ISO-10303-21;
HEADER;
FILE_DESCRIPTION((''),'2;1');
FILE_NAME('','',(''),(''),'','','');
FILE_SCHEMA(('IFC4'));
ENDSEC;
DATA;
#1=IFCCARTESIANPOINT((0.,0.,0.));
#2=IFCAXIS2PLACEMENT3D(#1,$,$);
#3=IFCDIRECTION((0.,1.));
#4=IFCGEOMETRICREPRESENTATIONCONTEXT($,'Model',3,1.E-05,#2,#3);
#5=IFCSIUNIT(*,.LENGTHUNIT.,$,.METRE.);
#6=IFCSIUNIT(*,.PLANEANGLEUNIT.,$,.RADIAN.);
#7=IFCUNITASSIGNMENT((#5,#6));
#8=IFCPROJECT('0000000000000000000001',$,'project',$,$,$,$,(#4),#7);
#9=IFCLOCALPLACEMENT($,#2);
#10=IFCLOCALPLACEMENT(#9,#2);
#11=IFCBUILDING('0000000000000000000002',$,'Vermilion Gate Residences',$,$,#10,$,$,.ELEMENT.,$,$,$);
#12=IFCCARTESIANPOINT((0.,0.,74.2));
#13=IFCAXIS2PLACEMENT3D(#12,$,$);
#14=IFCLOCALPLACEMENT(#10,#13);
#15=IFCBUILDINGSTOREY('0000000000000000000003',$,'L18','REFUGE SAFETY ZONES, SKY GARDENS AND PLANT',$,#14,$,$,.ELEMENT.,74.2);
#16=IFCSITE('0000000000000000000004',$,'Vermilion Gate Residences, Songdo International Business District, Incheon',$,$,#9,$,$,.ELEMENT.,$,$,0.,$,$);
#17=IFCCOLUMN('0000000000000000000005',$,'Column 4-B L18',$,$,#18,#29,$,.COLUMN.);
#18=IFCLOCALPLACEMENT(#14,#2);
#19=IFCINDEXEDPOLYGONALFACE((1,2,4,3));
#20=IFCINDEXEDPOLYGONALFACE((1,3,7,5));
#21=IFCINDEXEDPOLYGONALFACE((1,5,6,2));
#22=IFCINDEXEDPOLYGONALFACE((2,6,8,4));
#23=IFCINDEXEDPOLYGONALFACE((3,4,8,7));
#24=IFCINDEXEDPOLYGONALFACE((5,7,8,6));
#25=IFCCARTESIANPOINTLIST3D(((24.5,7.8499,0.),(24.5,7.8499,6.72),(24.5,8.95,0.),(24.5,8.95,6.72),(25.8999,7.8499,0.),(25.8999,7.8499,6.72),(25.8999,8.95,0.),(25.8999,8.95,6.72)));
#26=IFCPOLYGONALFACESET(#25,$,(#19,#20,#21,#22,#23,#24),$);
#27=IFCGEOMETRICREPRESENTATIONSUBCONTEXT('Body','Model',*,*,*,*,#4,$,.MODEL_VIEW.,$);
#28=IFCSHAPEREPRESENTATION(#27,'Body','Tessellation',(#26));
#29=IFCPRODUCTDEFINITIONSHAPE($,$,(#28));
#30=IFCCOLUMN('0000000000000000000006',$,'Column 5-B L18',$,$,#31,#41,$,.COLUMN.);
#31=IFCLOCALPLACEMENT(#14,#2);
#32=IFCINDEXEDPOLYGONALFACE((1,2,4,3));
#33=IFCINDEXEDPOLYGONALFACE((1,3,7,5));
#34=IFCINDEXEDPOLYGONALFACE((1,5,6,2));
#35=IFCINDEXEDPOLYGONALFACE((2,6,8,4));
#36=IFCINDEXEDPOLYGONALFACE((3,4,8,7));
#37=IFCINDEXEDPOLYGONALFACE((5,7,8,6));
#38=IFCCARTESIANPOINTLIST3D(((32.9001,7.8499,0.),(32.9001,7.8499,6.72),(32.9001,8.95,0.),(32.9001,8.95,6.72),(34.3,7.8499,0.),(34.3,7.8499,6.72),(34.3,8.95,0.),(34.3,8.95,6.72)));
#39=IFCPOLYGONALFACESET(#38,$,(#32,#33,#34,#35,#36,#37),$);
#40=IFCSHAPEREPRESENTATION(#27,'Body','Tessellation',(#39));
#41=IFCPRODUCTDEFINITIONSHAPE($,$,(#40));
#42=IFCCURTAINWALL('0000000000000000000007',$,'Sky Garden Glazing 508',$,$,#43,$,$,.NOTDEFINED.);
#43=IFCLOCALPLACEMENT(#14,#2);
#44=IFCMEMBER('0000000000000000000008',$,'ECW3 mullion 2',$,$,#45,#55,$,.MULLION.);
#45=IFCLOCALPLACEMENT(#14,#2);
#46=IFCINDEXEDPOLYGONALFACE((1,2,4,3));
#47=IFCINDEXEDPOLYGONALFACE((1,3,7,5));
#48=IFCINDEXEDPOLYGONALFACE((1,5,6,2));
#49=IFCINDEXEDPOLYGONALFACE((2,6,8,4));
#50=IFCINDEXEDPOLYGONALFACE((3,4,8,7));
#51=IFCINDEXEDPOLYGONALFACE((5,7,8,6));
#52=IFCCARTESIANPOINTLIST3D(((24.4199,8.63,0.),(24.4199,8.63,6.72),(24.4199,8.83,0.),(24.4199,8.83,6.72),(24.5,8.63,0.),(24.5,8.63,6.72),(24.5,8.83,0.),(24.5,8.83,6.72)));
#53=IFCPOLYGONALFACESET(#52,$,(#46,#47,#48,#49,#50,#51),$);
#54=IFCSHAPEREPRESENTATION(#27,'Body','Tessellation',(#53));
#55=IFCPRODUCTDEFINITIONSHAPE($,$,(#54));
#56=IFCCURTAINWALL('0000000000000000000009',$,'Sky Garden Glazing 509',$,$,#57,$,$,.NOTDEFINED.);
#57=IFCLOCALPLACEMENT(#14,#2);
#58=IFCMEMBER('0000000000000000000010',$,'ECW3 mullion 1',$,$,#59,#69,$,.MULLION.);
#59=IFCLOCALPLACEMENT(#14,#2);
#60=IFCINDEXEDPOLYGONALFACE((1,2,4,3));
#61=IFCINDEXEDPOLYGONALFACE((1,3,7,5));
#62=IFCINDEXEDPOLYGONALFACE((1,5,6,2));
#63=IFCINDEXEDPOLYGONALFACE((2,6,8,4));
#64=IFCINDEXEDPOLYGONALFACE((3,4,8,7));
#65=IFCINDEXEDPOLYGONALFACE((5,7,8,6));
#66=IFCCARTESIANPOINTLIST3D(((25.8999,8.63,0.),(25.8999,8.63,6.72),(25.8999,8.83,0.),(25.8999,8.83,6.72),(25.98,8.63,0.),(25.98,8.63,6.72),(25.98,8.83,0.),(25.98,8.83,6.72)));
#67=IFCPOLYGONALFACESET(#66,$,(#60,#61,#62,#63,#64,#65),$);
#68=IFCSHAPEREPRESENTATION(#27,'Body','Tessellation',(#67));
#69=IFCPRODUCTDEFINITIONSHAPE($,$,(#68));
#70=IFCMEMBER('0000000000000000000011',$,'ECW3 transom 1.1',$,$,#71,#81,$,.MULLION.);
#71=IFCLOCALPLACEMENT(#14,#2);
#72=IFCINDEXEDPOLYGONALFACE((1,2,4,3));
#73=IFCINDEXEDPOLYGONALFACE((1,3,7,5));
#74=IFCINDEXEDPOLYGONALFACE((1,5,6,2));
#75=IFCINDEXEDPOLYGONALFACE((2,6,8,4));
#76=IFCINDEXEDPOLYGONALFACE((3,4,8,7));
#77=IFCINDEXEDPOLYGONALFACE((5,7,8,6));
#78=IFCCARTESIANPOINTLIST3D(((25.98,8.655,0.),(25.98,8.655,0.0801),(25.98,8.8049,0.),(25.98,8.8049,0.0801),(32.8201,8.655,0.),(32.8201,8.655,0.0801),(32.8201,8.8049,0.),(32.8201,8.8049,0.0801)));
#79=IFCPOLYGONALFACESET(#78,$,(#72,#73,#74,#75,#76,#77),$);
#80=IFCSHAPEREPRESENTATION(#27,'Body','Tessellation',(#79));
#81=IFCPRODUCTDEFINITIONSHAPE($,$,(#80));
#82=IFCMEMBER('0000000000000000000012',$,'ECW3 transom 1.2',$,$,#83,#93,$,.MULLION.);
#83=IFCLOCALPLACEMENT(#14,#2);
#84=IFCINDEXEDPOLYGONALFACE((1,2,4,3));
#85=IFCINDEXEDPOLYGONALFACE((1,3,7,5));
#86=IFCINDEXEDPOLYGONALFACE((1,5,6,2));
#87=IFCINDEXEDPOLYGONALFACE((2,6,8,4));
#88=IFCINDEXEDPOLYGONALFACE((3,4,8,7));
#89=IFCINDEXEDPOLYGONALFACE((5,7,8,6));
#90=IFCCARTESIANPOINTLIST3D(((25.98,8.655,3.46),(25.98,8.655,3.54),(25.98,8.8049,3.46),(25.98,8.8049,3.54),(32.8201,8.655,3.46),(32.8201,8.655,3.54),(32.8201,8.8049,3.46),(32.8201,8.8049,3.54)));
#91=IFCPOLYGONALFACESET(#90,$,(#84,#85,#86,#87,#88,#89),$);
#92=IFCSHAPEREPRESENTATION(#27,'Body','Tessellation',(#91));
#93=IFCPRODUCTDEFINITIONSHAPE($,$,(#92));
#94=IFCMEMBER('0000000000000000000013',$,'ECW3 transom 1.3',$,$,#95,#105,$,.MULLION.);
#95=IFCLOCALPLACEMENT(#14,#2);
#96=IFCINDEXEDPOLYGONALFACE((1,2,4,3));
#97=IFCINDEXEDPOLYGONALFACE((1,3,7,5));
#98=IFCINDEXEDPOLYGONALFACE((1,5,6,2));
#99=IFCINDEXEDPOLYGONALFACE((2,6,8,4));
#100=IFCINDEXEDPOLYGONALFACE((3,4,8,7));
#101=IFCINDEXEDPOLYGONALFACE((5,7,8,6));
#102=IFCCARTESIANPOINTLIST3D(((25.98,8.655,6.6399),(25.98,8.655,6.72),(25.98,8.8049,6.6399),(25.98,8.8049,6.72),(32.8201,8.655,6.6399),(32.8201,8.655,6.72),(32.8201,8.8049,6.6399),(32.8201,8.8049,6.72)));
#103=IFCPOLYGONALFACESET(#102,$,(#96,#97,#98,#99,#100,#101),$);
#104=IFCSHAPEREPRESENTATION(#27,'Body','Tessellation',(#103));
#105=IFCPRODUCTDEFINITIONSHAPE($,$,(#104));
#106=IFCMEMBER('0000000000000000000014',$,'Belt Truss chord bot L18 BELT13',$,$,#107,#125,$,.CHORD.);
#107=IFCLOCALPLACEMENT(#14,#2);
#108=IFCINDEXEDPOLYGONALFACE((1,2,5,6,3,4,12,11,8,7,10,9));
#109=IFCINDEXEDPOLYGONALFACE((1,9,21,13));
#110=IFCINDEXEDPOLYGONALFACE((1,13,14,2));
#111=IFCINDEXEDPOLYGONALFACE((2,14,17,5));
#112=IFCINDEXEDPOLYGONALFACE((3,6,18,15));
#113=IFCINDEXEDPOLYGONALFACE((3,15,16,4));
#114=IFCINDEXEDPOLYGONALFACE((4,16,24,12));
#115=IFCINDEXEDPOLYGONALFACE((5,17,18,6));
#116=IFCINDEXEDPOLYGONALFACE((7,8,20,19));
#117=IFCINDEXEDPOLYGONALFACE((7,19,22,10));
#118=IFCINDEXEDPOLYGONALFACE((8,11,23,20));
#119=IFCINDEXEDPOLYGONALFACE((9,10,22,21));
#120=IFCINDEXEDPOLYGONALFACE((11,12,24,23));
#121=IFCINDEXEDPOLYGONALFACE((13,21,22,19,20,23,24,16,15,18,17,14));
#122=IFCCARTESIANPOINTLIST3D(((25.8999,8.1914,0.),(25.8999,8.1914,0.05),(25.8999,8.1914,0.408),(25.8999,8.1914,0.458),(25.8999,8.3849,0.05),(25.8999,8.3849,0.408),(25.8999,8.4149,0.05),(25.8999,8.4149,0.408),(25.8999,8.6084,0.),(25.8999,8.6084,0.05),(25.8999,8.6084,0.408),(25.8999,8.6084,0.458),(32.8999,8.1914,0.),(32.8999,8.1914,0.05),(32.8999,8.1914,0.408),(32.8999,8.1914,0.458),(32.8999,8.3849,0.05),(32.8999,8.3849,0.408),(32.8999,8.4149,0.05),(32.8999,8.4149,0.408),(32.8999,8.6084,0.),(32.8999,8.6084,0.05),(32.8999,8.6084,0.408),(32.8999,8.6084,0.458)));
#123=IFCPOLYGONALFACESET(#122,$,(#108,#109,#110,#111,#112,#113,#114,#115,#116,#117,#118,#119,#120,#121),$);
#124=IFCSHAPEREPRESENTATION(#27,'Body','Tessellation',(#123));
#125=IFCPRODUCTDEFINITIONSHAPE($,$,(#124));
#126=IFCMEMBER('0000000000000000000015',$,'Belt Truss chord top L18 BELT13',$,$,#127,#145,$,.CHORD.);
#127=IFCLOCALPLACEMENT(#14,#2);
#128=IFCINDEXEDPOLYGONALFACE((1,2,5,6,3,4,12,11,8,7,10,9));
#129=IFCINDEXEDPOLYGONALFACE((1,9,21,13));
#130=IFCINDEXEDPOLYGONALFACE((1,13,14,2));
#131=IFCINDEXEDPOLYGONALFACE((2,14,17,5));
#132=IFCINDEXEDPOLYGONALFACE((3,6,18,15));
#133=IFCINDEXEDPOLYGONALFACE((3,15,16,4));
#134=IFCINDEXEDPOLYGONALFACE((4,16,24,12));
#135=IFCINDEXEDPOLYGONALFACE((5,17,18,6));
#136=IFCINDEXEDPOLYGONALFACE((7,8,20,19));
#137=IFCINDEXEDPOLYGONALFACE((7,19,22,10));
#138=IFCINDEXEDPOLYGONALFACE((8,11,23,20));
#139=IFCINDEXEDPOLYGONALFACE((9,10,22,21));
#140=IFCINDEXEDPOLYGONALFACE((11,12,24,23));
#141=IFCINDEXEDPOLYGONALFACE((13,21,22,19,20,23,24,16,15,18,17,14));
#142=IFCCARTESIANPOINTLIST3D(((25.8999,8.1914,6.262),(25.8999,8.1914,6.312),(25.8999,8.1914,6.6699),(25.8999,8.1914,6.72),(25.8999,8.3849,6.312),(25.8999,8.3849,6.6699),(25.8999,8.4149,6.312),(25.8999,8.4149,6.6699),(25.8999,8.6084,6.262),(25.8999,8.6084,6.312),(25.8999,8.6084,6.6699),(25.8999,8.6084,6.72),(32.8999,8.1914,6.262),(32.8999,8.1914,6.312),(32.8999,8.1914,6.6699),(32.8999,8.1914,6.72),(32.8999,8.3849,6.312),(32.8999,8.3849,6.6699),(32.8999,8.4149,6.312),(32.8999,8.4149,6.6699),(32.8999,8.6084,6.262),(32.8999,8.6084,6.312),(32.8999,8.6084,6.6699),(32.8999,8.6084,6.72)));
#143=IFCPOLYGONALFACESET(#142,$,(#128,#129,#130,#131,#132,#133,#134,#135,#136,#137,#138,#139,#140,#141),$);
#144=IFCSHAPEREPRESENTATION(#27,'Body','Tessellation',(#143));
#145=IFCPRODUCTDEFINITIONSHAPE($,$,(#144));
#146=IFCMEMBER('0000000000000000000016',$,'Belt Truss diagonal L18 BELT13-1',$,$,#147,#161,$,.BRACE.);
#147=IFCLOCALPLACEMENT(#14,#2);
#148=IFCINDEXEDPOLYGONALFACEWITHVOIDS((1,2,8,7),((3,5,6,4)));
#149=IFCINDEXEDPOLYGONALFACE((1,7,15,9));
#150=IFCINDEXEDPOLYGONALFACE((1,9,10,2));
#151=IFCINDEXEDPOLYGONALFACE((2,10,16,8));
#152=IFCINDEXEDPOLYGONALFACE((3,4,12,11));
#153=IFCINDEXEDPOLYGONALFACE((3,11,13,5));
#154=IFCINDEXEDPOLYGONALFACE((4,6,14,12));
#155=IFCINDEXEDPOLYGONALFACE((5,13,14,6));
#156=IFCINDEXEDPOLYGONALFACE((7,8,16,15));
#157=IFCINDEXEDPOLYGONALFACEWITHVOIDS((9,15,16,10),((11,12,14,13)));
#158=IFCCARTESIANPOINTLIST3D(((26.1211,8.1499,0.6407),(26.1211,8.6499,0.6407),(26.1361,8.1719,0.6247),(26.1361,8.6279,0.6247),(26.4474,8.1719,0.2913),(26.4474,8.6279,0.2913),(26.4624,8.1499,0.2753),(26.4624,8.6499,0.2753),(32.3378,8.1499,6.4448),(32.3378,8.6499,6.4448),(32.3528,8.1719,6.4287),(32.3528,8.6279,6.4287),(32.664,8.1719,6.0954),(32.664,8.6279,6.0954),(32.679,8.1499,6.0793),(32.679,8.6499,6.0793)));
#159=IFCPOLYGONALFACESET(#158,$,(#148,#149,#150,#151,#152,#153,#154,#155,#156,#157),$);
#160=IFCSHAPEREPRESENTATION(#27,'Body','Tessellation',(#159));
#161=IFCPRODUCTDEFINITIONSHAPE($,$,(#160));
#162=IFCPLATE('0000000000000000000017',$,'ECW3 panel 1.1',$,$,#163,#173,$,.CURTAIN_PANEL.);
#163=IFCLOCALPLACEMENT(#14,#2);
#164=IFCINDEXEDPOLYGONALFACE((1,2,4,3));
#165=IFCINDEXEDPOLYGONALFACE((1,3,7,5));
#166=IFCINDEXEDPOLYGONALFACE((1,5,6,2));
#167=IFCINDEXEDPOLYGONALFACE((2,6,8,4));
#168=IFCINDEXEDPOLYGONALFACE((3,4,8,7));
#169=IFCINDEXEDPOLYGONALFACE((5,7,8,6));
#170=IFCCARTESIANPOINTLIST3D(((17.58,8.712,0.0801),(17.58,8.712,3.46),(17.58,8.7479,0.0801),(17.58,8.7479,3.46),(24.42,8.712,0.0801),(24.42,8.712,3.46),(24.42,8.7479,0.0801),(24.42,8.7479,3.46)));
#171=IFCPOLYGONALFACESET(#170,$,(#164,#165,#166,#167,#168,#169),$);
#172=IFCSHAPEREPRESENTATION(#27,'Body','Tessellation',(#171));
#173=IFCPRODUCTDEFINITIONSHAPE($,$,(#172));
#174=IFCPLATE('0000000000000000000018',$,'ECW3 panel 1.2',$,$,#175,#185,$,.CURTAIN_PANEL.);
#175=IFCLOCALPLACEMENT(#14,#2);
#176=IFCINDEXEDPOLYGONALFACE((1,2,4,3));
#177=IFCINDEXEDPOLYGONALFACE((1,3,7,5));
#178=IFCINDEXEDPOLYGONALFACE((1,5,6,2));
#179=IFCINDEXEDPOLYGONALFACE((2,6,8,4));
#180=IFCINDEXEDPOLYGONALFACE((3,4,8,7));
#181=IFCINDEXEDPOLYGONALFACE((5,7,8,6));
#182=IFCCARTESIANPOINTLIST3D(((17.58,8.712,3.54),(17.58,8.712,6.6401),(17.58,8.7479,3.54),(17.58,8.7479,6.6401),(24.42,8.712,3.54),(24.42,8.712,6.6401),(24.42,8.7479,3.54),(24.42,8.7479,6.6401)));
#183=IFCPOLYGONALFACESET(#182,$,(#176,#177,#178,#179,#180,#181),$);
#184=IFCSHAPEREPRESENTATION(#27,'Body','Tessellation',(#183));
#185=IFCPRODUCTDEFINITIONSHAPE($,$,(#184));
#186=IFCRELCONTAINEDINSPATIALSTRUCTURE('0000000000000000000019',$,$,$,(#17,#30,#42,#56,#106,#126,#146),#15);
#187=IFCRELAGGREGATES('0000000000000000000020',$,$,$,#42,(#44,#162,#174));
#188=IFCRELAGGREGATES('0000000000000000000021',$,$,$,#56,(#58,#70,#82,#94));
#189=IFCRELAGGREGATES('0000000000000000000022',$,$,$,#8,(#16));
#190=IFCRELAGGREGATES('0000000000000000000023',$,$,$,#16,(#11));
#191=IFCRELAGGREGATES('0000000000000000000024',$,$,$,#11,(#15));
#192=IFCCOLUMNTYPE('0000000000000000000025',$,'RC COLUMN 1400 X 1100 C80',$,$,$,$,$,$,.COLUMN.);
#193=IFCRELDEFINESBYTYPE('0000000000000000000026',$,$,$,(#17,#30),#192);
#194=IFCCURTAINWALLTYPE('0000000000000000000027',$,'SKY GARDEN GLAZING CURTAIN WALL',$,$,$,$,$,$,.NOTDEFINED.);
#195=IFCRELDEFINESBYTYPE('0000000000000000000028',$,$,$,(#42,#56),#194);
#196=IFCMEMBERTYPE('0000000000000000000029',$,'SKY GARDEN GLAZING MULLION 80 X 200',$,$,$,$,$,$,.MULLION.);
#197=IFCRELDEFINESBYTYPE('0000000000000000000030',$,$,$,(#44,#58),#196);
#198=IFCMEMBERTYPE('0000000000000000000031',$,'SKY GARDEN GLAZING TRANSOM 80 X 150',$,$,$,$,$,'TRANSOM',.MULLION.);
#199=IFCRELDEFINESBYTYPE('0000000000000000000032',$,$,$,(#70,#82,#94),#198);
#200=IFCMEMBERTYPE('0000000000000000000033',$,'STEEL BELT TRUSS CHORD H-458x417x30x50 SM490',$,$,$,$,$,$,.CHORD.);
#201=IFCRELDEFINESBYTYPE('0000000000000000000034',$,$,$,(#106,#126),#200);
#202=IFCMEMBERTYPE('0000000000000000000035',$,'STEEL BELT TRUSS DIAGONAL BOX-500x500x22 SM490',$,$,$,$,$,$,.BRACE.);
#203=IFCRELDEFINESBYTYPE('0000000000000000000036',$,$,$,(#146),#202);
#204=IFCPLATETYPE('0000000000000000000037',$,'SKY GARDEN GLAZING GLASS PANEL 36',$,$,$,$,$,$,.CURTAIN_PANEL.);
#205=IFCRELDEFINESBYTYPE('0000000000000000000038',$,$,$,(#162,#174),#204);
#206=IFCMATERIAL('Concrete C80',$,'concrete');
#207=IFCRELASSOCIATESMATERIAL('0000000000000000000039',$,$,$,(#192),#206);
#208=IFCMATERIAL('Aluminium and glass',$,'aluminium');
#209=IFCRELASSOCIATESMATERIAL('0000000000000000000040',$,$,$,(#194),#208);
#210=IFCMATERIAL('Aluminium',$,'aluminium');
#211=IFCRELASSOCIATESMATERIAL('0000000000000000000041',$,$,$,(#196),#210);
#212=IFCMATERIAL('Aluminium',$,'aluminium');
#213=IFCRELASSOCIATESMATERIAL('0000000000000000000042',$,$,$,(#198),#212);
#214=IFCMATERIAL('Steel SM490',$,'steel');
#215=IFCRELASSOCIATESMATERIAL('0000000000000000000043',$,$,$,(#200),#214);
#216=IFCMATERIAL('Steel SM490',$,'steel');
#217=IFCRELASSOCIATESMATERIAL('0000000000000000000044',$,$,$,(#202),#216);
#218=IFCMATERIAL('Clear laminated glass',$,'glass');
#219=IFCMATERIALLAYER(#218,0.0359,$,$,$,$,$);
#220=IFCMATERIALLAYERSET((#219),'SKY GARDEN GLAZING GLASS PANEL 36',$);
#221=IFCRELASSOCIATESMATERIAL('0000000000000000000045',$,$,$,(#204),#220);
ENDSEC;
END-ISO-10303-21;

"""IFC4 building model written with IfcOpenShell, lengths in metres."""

from ifc_helpers import new_model, si_unit, direction, frame, origin, origin_2d, place, context, subcontext, project, spatial, rectangle, hollow_rectangle, i_section, extrude, material, layer, layer_set, material_profile, profile_set, type_object, element, aggregate, save


model = new_model("IFC4")

# Units and contexts
model_context = context("Model", 3, precision=1e-05, world=origin(), true_north=direction((0.0, 1.0)))
body_context = subcontext(model_context, "Body", "Model", "MODEL_VIEW")
ifc_project = project(units=[si_unit("LENGTHUNIT", "METRE"), si_unit("PLANEANGLEUNIT", "RADIAN")], contexts=[model_context])

# Site, building, storey
site_placement = place(None, origin())
site = spatial("IfcSite", under=ifc_project, at=site_placement, Name="Vermilion Gate Residences, Songdo International Business District, Incheon", CompositionType="ELEMENT", RefElevation=0.0)
building_placement = place(site_placement, origin())
building = spatial("IfcBuilding", under=site, at=building_placement, Name="Vermilion Gate Residences", CompositionType="ELEMENT")
storey_placement = place(building_placement, frame((0.0, 0.0, 74.2)))
storey = spatial("IfcBuildingStorey", under=building, at=storey_placement, Name="L18", Description="REFUGE SAFETY ZONES, SKY GARDENS AND PLANT", CompositionType="ELEMENT", Elevation=74.2)

# Columns
ifc_material_1 = material(Name="Concrete C80", Category="concrete")
ifc_material_profile_1 = material_profile(ifc_material_1, rectangle(XDim=1.3999, YDim=1.1001, at=origin_2d()), Name="RC-1400x1100")
ifc_profile_set_1 = profile_set([ifc_material_profile_1], Name="Concrete C80")
column_type = type_object("IfcColumnType", Name="RC COLUMN 1400 X 1100 C80", PredefinedType="COLUMN", material=ifc_profile_set_1)
for number, where, z_axis, x_axis, name in (
    (1, (25.2, 8.3999, 0.0), (0.0, 0.0, 1.0), (1.0, 0.0, 0.0), "Column 4-B L18"),
    (2, (33.6001, 8.3999, 0.0), (0.0, 0.0, 1.0), (1.0, 0.0, 0.0), "Column 5-B L18"),
):
    element("IfcColumn", number, at=place(storey_placement, frame(where, z_axis=z_axis, x_axis=x_axis)), inside=storey, type_object=column_type, Name=name, PredefinedType="COLUMN", context=body_context, shape_type="SweptSolid", body=[
        extrude(rectangle(XDim=1.3999, YDim=1.1001, at=origin_2d()), origin(), (0.0, 0.0, 1.0), 6.72),
    ])

# Curtain wall, member
ifc_material_2 = material(Name="Aluminium and glass", Category="aluminium")
curtain_wall_type = type_object("IfcCurtainWallType", Name="SKY GARDEN GLAZING CURTAIN WALL", PredefinedType="NOTDEFINED", material=ifc_material_2)
curtain_wall_1_placement = place(storey_placement, origin())
curtain_wall_1 = element("IfcCurtainWall", 3, at=curtain_wall_1_placement, inside=storey, type_object=curtain_wall_type, Name="Sky Garden Glazing 508", PredefinedType="NOTDEFINED")
ifc_material_3 = material(Name="Aluminium", Category="aluminium")
ifc_material_profile_2 = material_profile(ifc_material_3, rectangle(XDim=0.2, YDim=0.0801, at=origin_2d()), Name="MULLION 80 X 200")
ifc_profile_set_2 = profile_set([ifc_material_profile_2], Name="Aluminium")
member_type_1 = type_object("IfcMemberType", Name="SKY GARDEN GLAZING MULLION 80 X 200", PredefinedType="MULLION", material=ifc_profile_set_2)
member_1_placement = place(storey_placement, frame((24.46, 8.73, 0.0), z_axis=(0.0, 0.0, 1.0), x_axis=(0.0, 1.0, 0.0)))
member_1 = element("IfcMember", 4, at=member_1_placement, type_object=member_type_1, Name="ECW3 mullion 2", PredefinedType="MULLION", context=body_context, shape_type="SweptSolid", body=[
    extrude(rectangle(XDim=0.2, YDim=0.0801, at=origin_2d()), origin(), (0.0, 0.0, 1.0), 6.72),
])

# Curtain wall, members
curtain_wall_2_placement = place(storey_placement, origin())
curtain_wall_2 = element("IfcCurtainWall", 5, at=curtain_wall_2_placement, inside=storey, type_object=curtain_wall_type, Name="Sky Garden Glazing 509", PredefinedType="NOTDEFINED")
member_2_placement = place(storey_placement, frame((25.9399, 8.73, 0.0), z_axis=(0.0, 0.0, 1.0), x_axis=(0.0, 1.0, 0.0)))
member_2 = element("IfcMember", 6, at=member_2_placement, type_object=member_type_1, Name="ECW3 mullion 1", PredefinedType="MULLION", context=body_context, shape_type="SweptSolid", body=[
    extrude(rectangle(XDim=0.2, YDim=0.0801, at=origin_2d()), origin(), (0.0, 0.0, 1.0), 6.72),
])
ifc_material_4 = material(Name="Aluminium", Category="aluminium")
ifc_material_profile_3 = material_profile(ifc_material_4, rectangle(XDim=0.1499, YDim=0.0801, at=origin_2d()), Name="TRANSOM 80 X 150")
ifc_profile_set_3 = profile_set([ifc_material_profile_3], Name="Aluminium")
member_type_2 = type_object("IfcMemberType", Name="SKY GARDEN GLAZING TRANSOM 80 X 150", ElementType="TRANSOM", PredefinedType="MULLION", material=ifc_profile_set_3)
member_3_placement = place(storey_placement, frame((25.98, 8.73, 0.04), z_axis=(1.0, 0.0, 0.0), x_axis=(0.0, 1.0, 0.0)))
member_3 = element("IfcMember", 7, at=member_3_placement, type_object=member_type_2, Name="ECW3 transom 1.1", PredefinedType="MULLION", context=body_context, shape_type="SweptSolid", body=[
    extrude(rectangle(XDim=0.1499, YDim=0.0801, at=origin_2d()), origin(), (0.0, 0.0, 1.0), 6.8401),
])
member_4_placement = place(storey_placement, frame((25.98, 8.73, 3.5), z_axis=(1.0, 0.0, 0.0), x_axis=(0.0, 1.0, 0.0)))
member_4 = element("IfcMember", 8, at=member_4_placement, type_object=member_type_2, Name="ECW3 transom 1.2", PredefinedType="MULLION", context=body_context, shape_type="SweptSolid", body=[
    extrude(rectangle(XDim=0.1499, YDim=0.0801, at=origin_2d()), origin(), (0.0, 0.0, 1.0), 6.8401),
])
member_5_placement = place(storey_placement, frame((25.98, 8.73, 6.6799), z_axis=(1.0, 0.0, 0.0), x_axis=(0.0, 1.0, 0.0)))
member_5 = element("IfcMember", 9, at=member_5_placement, type_object=member_type_2, Name="ECW3 transom 1.3", PredefinedType="MULLION", context=body_context, shape_type="SweptSolid", body=[
    extrude(rectangle(XDim=0.1499, YDim=0.0801, at=origin_2d()), origin(), (0.0, 0.0, 1.0), 6.8401),
])

# Members
ifc_material_5 = material(Name="Steel SM490", Category="steel")
ifc_material_profile_4 = material_profile(ifc_material_5, i_section(OverallWidth=0.417, OverallDepth=0.458, WebThickness=0.03, FlangeThickness=0.05, at=origin_2d()), Name="H-458x417x30x50")
ifc_profile_set_4 = profile_set([ifc_material_profile_4], Name="Steel SM490")
member_type_3 = type_object("IfcMemberType", Name="STEEL BELT TRUSS CHORD H-458x417x30x50 SM490", PredefinedType="CHORD", material=ifc_profile_set_4)
for number, where, z_axis, x_axis, name in (
    (10, (25.8999, 8.3999, 0.229), (1.0, 0.0, 0.0), (0.0, 1.0, 0.0), "Belt Truss chord bot L18 BELT13"),
    (11, (25.8999, 8.3999, 6.491), (1.0, 0.0, 0.0), (0.0, 1.0, 0.0), "Belt Truss chord top L18 BELT13"),
):
    element("IfcMember", number, at=place(storey_placement, frame(where, z_axis=z_axis, x_axis=x_axis)), inside=storey, type_object=member_type_3, Name=name, PredefinedType="CHORD", context=body_context, shape_type="SweptSolid", body=[
        extrude(i_section(OverallWidth=0.417, OverallDepth=0.458, WebThickness=0.03, FlangeThickness=0.05, at=origin_2d()), origin(), (0.0, 0.0, 1.0), 7.0),
    ])
ifc_material_6 = material(Name="Steel SM490", Category="steel")
ifc_material_profile_5 = material_profile(ifc_material_6, hollow_rectangle(XDim=0.5, YDim=0.5, WallThickness=0.022, at=origin_2d()), Name="BOX-500x500x22")
ifc_profile_set_5 = profile_set([ifc_material_profile_5], Name="Steel SM490")
member_type_4 = type_object("IfcMemberType", Name="STEEL BELT TRUSS DIAGONAL BOX-500x500x22 SM490", PredefinedType="BRACE", material=ifc_profile_set_5)
member_6_placement = place(storey_placement, frame((26.2917, 8.3999, 0.458), z_axis=(0.730947, 0.0, 0.682434), x_axis=(0.0, 1.0, 0.0)))
element("IfcMember", 12, at=member_6_placement, inside=storey, type_object=member_type_4, Name="Belt Truss diagonal L18 BELT13-1", PredefinedType="BRACE", context=body_context, shape_type="SweptSolid", body=[
    extrude(hollow_rectangle(XDim=0.5, YDim=0.5, WallThickness=0.022, at=origin_2d()), origin(), (0.0, 0.0, 1.0), 8.5049),
])

# Plates
ifc_material_7 = material(Name="Clear laminated glass", Category="glass")
ifc_layer = layer(ifc_material_7, 0.0359)
ifc_layer_set = layer_set([ifc_layer], Name="SKY GARDEN GLAZING GLASS PANEL 36")
plate_type = type_object("IfcPlateType", Name="SKY GARDEN GLAZING GLASS PANEL 36", PredefinedType="CURTAIN_PANEL", material=ifc_layer_set)
plate_1_placement = place(storey_placement, frame((21.0, 8.73, 0.0801), z_axis=(0.0, 0.0, 1.0), x_axis=(1.0, 0.0, 0.0)))
plate_1 = element("IfcPlate", 13, at=plate_1_placement, type_object=plate_type, Name="ECW3 panel 1.1", PredefinedType="CURTAIN_PANEL", context=body_context, shape_type="SweptSolid", body=[
    extrude(rectangle(XDim=6.8401, YDim=0.0359, at=origin_2d()), origin(), (0.0, 0.0, 1.0), 3.3799),
])
plate_2_placement = place(storey_placement, frame((21.0, 8.73, 3.54), z_axis=(0.0, 0.0, 1.0), x_axis=(1.0, 0.0, 0.0)))
plate_2 = element("IfcPlate", 14, at=plate_2_placement, type_object=plate_type, Name="ECW3 panel 1.2", PredefinedType="CURTAIN_PANEL", context=body_context, shape_type="SweptSolid", body=[
    extrude(rectangle(XDim=6.8401, YDim=0.0359, at=origin_2d()), origin(), (0.0, 0.0, 1.0), 3.1001),
])
aggregate(curtain_wall_1, [member_1, plate_1, plate_2])
aggregate(curtain_wall_2, [member_2, member_3, member_4, member_5])

save(model, "model.ifc")
